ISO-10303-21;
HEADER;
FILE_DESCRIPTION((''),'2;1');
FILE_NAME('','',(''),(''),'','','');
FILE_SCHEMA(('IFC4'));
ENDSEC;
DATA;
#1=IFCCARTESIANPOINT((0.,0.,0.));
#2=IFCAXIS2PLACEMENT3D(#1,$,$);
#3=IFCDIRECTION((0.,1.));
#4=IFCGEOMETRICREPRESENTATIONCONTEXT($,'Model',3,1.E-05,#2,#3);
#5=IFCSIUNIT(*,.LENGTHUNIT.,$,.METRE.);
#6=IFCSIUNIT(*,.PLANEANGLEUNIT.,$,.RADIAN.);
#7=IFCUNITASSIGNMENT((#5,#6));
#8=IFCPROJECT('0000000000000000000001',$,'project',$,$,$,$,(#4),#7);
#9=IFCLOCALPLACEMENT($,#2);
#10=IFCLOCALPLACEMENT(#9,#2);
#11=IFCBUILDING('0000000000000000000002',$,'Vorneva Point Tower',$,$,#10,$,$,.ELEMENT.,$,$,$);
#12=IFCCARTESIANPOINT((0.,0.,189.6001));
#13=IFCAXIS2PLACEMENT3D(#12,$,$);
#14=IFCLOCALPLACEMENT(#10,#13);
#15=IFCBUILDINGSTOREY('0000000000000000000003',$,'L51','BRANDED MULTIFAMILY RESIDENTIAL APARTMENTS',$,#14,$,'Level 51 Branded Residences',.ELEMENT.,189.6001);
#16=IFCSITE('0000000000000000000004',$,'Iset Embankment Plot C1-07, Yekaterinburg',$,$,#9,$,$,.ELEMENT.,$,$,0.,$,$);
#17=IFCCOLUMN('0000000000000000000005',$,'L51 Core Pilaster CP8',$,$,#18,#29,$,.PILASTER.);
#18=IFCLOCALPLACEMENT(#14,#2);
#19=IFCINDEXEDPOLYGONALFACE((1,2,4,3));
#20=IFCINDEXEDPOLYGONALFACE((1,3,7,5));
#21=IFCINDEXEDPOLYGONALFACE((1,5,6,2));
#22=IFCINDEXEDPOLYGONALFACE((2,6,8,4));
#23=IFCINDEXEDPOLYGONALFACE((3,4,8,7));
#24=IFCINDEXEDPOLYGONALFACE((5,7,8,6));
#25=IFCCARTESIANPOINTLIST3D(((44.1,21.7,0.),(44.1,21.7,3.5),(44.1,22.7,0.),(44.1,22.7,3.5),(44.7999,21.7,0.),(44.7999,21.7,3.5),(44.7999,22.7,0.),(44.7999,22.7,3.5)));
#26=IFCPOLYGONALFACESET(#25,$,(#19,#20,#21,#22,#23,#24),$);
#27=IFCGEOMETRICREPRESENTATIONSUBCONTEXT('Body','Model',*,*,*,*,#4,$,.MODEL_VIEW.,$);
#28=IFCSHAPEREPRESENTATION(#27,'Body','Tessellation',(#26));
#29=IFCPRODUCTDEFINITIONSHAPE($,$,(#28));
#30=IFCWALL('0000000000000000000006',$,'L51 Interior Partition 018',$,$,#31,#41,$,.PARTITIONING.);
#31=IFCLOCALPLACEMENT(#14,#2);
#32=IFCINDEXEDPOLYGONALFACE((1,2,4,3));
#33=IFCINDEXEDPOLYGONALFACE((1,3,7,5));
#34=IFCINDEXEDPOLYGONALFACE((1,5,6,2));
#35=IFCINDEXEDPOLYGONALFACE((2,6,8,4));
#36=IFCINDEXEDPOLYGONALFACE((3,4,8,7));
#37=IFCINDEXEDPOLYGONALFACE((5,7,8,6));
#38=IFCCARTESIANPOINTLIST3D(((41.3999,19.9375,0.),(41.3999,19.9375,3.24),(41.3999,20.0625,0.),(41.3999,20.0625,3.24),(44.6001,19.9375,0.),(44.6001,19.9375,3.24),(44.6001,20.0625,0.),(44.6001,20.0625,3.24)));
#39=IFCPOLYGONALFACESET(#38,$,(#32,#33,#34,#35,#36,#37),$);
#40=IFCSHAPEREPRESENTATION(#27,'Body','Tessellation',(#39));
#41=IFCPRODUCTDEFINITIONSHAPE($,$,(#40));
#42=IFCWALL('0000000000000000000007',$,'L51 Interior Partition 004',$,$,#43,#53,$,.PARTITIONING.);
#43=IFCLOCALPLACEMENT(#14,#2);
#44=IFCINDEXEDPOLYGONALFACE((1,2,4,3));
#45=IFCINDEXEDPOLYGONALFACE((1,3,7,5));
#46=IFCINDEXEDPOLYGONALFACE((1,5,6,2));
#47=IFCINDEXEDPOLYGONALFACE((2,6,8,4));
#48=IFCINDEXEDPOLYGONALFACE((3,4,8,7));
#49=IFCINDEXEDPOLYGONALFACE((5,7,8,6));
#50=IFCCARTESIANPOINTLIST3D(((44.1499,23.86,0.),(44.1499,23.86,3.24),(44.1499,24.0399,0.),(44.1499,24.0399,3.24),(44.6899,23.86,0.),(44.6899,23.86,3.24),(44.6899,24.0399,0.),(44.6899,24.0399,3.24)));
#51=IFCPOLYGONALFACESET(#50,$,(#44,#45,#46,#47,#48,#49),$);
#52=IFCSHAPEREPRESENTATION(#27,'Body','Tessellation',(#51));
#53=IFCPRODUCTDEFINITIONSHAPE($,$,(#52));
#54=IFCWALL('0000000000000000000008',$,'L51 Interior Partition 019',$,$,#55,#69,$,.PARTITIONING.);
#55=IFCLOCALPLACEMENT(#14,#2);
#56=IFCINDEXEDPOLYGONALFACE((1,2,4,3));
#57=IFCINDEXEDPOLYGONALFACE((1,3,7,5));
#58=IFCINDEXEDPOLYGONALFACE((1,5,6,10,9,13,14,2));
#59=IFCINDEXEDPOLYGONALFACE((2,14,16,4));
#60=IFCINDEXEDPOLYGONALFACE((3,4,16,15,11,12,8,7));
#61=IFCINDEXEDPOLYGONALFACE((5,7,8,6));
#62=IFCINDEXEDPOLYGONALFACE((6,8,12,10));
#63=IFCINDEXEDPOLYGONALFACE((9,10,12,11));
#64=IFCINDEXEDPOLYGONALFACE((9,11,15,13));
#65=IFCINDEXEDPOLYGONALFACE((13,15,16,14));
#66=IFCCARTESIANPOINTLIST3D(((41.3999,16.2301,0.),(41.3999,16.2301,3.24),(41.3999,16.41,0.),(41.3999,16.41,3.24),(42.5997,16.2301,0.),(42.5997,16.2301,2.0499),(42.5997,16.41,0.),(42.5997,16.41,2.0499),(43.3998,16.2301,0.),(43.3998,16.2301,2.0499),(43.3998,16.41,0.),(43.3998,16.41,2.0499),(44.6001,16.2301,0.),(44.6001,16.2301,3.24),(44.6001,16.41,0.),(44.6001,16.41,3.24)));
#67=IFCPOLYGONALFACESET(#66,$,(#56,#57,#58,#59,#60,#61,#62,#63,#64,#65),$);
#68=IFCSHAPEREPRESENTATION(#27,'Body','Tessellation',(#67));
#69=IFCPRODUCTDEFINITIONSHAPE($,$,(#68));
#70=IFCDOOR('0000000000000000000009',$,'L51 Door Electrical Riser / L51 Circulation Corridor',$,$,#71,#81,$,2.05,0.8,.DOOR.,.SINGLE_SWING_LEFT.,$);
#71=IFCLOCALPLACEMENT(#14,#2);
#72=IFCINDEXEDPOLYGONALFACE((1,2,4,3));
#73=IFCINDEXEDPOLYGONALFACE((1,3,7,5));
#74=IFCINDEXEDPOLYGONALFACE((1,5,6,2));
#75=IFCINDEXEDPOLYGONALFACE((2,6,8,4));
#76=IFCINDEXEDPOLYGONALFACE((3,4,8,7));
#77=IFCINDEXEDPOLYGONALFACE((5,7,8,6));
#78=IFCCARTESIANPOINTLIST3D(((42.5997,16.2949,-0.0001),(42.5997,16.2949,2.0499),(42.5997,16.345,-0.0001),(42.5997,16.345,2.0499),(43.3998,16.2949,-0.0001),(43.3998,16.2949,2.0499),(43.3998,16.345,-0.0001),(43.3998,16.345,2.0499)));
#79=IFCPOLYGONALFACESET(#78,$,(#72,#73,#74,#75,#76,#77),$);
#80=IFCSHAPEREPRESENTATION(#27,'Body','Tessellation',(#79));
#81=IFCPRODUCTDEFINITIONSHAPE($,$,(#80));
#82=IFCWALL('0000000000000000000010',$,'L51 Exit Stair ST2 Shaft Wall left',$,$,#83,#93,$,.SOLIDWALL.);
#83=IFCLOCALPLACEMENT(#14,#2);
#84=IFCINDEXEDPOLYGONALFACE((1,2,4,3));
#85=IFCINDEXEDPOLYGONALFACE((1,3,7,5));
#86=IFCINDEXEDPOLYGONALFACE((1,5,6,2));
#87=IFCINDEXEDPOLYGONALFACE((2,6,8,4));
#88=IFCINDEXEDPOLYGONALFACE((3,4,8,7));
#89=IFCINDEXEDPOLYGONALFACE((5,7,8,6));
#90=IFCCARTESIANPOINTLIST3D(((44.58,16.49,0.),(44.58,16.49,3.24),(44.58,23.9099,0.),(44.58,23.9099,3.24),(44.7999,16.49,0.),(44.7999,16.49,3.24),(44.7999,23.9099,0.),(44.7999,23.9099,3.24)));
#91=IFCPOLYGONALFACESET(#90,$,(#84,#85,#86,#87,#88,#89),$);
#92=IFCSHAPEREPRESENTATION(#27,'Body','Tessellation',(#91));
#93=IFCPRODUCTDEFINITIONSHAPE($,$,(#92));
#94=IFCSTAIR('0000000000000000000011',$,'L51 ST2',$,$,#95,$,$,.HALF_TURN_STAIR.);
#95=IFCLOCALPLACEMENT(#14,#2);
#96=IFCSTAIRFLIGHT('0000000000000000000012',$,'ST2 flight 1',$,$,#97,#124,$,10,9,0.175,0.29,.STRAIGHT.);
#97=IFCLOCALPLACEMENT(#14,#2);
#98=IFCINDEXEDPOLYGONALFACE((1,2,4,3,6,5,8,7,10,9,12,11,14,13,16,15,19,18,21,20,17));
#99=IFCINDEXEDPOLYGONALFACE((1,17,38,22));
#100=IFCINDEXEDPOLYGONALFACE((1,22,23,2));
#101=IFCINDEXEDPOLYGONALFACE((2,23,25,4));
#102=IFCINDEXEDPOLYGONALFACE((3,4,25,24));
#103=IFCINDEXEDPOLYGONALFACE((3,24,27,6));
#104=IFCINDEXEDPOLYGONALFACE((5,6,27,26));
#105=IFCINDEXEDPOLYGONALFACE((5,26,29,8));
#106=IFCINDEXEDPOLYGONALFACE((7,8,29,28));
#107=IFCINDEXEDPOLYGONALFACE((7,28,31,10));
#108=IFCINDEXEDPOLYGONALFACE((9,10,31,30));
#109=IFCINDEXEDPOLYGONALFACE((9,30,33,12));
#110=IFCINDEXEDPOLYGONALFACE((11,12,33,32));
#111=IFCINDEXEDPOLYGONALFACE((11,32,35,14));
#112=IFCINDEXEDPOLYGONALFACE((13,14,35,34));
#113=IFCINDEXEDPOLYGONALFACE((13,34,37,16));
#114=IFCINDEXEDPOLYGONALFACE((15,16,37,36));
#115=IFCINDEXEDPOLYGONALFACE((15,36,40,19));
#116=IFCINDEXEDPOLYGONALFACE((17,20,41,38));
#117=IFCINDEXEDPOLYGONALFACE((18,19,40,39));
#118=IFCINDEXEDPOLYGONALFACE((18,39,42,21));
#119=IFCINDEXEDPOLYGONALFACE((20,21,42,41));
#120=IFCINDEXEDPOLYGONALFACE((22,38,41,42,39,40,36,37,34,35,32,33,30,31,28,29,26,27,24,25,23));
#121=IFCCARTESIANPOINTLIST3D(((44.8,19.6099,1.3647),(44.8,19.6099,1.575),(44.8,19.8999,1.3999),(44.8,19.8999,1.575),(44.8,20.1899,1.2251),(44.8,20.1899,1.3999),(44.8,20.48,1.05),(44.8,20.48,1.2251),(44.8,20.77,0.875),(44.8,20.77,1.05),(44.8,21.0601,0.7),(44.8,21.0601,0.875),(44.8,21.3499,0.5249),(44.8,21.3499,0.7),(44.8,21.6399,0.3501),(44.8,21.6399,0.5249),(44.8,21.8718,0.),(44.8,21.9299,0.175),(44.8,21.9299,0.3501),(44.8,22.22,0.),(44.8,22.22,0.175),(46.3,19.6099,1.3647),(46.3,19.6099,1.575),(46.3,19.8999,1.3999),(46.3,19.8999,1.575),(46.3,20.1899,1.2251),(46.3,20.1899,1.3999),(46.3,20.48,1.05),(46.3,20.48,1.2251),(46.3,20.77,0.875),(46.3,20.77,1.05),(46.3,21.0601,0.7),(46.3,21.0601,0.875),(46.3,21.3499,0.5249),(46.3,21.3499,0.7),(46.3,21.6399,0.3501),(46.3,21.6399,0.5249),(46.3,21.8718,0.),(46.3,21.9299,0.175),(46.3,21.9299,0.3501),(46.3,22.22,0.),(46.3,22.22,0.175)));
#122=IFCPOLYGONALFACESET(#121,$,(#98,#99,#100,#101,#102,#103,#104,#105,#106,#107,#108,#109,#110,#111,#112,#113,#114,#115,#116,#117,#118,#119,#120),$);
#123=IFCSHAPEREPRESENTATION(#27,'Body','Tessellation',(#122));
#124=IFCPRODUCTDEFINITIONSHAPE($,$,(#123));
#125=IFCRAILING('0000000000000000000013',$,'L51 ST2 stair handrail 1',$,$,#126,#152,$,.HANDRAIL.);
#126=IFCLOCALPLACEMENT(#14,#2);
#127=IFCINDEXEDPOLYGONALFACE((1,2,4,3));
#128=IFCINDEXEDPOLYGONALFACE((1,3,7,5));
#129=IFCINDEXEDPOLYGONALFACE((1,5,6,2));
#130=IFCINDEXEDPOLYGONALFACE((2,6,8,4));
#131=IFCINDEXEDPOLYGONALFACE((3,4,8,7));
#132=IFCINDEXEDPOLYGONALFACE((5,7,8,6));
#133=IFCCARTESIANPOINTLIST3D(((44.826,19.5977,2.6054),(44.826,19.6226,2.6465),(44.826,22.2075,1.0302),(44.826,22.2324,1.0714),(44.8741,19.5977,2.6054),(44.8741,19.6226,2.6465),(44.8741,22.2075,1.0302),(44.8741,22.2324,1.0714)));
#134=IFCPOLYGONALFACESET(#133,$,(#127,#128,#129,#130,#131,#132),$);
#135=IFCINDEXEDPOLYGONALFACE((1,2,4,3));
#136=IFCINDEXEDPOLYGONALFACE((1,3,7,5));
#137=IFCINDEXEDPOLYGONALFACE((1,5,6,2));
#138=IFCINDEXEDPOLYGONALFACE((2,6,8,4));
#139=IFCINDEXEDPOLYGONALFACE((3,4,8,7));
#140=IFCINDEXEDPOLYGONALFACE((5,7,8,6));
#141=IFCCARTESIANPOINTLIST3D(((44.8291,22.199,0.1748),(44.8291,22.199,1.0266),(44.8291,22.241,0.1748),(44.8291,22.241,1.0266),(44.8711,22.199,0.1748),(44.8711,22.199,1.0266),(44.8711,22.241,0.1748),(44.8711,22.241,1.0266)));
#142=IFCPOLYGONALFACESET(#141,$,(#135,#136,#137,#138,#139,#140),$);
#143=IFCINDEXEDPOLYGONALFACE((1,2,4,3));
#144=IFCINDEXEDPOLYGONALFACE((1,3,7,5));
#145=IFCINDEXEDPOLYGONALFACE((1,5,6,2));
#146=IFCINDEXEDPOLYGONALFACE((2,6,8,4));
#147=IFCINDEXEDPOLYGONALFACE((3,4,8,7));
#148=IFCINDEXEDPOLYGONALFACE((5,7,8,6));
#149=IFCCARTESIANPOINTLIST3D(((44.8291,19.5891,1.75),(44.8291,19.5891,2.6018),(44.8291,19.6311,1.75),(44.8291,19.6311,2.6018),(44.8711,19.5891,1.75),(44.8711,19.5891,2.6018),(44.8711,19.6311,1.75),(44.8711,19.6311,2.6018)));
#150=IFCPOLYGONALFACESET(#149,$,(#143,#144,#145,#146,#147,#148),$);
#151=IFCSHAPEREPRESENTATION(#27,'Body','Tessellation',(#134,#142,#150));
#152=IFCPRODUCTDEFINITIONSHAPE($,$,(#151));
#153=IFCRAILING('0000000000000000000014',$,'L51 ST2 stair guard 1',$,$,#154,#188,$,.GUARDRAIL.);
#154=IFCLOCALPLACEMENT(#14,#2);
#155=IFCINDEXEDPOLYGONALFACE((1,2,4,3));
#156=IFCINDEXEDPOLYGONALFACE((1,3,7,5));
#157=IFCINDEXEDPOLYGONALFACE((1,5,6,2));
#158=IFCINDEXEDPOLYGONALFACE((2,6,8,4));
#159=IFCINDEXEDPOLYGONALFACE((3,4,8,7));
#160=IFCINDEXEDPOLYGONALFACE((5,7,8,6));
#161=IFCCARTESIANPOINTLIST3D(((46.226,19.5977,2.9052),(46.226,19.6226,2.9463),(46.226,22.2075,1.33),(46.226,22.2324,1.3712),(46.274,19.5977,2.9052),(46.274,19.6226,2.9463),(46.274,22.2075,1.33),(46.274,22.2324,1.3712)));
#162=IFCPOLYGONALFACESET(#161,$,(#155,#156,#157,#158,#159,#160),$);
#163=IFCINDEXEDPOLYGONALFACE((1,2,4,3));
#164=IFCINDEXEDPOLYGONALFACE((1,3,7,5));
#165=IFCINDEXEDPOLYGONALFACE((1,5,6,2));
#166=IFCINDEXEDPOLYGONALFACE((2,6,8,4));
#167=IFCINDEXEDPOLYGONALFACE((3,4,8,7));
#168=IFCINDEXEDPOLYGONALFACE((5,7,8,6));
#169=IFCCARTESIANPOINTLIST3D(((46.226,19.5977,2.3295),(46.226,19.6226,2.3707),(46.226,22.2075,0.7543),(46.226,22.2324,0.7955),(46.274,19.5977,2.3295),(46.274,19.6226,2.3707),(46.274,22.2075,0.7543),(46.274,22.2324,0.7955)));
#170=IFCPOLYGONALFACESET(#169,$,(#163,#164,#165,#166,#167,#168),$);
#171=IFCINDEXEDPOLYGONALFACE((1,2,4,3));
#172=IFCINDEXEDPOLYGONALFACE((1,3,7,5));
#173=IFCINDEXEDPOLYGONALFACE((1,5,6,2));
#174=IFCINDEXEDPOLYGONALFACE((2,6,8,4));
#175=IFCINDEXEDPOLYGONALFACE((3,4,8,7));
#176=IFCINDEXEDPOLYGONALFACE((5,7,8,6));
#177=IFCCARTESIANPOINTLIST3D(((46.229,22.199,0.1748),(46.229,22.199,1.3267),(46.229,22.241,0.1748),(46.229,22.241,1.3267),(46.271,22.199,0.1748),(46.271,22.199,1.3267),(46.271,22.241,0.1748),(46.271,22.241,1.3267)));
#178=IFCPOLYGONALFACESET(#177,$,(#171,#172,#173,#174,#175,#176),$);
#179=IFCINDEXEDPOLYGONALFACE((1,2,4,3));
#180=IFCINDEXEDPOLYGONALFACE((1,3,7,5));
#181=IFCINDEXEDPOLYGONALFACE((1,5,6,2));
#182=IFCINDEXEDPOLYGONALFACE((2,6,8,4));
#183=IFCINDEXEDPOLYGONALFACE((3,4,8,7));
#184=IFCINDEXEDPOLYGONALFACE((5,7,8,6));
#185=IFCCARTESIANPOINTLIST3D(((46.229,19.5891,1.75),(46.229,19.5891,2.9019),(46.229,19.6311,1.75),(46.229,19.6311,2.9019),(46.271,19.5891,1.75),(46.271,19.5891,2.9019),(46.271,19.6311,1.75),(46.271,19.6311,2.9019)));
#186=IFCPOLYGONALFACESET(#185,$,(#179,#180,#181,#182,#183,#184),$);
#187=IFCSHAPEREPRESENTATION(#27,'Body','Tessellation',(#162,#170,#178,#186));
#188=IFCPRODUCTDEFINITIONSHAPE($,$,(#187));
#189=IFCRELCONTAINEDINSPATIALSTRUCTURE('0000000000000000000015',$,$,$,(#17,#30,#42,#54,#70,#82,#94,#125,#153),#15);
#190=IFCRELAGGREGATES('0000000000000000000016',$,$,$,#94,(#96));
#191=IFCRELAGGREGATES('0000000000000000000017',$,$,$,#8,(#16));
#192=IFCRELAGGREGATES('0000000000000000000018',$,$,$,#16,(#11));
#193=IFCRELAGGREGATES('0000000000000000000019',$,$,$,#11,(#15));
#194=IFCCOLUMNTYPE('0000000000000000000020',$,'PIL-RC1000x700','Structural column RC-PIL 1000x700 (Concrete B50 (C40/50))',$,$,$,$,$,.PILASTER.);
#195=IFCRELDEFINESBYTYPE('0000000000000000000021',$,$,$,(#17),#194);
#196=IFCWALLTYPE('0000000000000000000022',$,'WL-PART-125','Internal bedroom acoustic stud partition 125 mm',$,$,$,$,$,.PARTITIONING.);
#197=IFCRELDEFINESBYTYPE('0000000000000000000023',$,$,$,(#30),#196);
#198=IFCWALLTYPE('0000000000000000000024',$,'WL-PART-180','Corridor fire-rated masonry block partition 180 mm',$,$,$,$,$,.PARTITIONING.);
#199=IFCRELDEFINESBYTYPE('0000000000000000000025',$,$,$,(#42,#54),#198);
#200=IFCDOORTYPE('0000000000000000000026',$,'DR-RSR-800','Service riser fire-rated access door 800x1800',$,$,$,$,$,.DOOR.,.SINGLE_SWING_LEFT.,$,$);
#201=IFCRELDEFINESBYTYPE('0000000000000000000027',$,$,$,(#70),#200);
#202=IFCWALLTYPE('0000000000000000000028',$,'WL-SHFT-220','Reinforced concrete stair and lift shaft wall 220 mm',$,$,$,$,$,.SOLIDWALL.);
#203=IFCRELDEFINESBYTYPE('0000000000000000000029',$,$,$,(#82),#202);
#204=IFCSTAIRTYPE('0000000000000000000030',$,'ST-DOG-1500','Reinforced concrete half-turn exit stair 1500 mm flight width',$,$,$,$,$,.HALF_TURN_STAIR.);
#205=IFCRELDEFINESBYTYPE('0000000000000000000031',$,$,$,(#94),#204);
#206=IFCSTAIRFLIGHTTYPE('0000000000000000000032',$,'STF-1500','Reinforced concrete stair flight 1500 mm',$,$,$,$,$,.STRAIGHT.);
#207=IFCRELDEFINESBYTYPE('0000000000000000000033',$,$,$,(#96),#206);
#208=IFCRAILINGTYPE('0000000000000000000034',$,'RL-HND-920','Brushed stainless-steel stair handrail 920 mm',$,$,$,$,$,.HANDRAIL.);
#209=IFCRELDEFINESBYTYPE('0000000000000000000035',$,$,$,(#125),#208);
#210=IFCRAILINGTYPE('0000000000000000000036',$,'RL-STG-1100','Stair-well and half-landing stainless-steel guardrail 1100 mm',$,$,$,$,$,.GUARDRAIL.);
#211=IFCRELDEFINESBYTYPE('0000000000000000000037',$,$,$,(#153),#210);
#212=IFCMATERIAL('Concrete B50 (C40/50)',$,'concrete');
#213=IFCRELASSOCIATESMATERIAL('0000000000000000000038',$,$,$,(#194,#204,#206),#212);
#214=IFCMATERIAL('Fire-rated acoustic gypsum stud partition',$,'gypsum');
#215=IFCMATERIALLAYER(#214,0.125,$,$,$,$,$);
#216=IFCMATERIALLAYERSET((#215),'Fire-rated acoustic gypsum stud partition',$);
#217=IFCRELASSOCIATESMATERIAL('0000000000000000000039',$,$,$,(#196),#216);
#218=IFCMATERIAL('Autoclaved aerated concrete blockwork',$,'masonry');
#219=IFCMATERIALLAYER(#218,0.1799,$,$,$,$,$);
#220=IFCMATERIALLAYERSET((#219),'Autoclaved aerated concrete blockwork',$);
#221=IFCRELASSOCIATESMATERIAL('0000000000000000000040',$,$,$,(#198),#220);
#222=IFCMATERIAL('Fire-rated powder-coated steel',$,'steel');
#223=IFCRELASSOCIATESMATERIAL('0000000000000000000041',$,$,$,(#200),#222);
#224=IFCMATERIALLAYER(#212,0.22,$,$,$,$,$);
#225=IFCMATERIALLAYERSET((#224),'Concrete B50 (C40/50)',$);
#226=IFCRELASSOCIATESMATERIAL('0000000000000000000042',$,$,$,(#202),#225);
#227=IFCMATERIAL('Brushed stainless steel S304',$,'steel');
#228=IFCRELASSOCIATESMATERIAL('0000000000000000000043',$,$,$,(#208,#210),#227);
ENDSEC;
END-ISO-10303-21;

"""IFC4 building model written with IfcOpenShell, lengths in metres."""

from ifc_helpers import new_model, si_unit, direction, frame, frame_2d, origin, origin_2d, place, context, subcontext, project, spatial, polyline, rectangle, outline, extrude, material, layer, layer_set, material_profile, profile_set, type_object, element, fill, aggregate, save


model = new_model("IFC4")

# Units and contexts
model_context = context("Model", 3, precision=1e-05, world=origin(), true_north=direction((0.0, 1.0)))
body_context = subcontext(model_context, "Body", "Model", "MODEL_VIEW")
ifc_project = project(units=[si_unit("LENGTHUNIT", "METRE"), si_unit("PLANEANGLEUNIT", "RADIAN")], contexts=[model_context])

# Site, building, storey
site_placement = place(None, origin())
site = spatial("IfcSite", under=ifc_project, at=site_placement, Name="Iset Embankment Plot C1-07, Yekaterinburg", CompositionType="ELEMENT", RefElevation=0.0)
building_placement = place(site_placement, origin())
building = spatial("IfcBuilding", under=site, at=building_placement, Name="Vorneva Point Tower", CompositionType="ELEMENT")
storey_placement = place(building_placement, frame((0.0, 0.0, 189.6001)))
storey = spatial("IfcBuildingStorey", under=building, at=storey_placement, Name="L51", Description="BRANDED MULTIFAMILY RESIDENTIAL APARTMENTS", LongName="Level 51 Branded Residences", CompositionType="ELEMENT", Elevation=189.6001)

# Column
ifc_material_1 = material(Name="Concrete B50 (C40/50)", Category="concrete")
ifc_material_profile = material_profile(ifc_material_1, rectangle(XDim=0.7, YDim=1.0, at=origin_2d()), Name="RC-PIL 1000x700")
ifc_profile_set = profile_set([ifc_material_profile], Name="Concrete B50 (C40/50)")
column_type = type_object("IfcColumnType", Name="PIL-RC1000x700", Description="Structural column RC-PIL 1000x700 (Concrete B50 (C40/50))", PredefinedType="PILASTER", material=ifc_profile_set)
column_placement = place(storey_placement, frame((44.45, 22.2, 0.0), z_axis=(0.0, 0.0, 1.0), x_axis=(1.0, 0.0, 0.0)))
element("IfcColumn", 1, at=column_placement, inside=storey, type_object=column_type, Name="L51 Core Pilaster CP8", PredefinedType="PILASTER", context=body_context, shape_type="SweptSolid", body=[
    extrude(rectangle(XDim=0.7, YDim=1.0, at=origin_2d()), origin(), (0.0, 0.0, 1.0), 3.5),
])

# Walls
ifc_material_2 = material(Name="Fire-rated acoustic gypsum stud partition", Category="gypsum")
ifc_layer_1 = layer(ifc_material_2, 0.125)
ifc_layer_set_1 = layer_set([ifc_layer_1], Name="Fire-rated acoustic gypsum stud partition")
wall_type_1 = type_object("IfcWallType", Name="WL-PART-125", Description="Internal bedroom acoustic stud partition 125 mm", PredefinedType="PARTITIONING", material=ifc_layer_set_1)
wall_1_placement = place(storey_placement, frame((44.6001, 20.0, 0.0), z_axis=(0.0, 0.0, 1.0), x_axis=(-1.0, 0.0, 0.0)))
element("IfcWall", 2, at=wall_1_placement, inside=storey, type_object=wall_type_1, Name="L51 Interior Partition 018", PredefinedType="PARTITIONING", context=body_context, shape_type="SweptSolid", body=[
    extrude(rectangle(XDim=3.2002, YDim=0.125, at=frame_2d((1.6001, 0.0))), origin(), (0.0, 0.0, 1.0), 3.24),
])
ifc_material_3 = material(Name="Autoclaved aerated concrete blockwork", Category="masonry")
ifc_layer_2 = layer(ifc_material_3, 0.1799)
ifc_layer_set_2 = layer_set([ifc_layer_2], Name="Autoclaved aerated concrete blockwork")
wall_type_2 = type_object("IfcWallType", Name="WL-PART-180", Description="Corridor fire-rated masonry block partition 180 mm", PredefinedType="PARTITIONING", material=ifc_layer_set_2)
wall_2_placement = place(storey_placement, frame((44.1499, 23.95, 0.0), z_axis=(0.0, 0.0, 1.0), x_axis=(1.0, 0.0, 0.0)))
element("IfcWall", 3, at=wall_2_placement, inside=storey, type_object=wall_type_2, Name="L51 Interior Partition 004", PredefinedType="PARTITIONING", context=body_context, shape_type="SweptSolid", body=[
    extrude(rectangle(XDim=0.54, YDim=0.1799, at=frame_2d((0.27, 0.0))), origin(), (0.0, 0.0, 1.0), 3.24),
])

# Wall, opening, door
wall_3_placement = place(storey_placement, frame((41.3999, 16.3201, 0.0), z_axis=(0.0, 0.0, 1.0), x_axis=(1.0, 0.0, 0.0)))
wall_3 = element("IfcWall", 4, at=wall_3_placement, inside=storey, type_object=wall_type_2, Name="L51 Interior Partition 019", PredefinedType="PARTITIONING", context=body_context, shape_type="SweptSolid", body=[
    extrude(rectangle(XDim=3.2002, YDim=0.1799, at=frame_2d((1.6001, 0.0))), origin(), (0.0, 0.0, 1.0), 3.24),
])
opening_1_placement = place(wall_3_placement, frame((1.2, 0.0, 0.0)))
opening_1 = element("IfcOpeningElement", 5, at=opening_1_placement, cuts=wall_3, PredefinedType="OPENING", context=body_context, shape_type="SweptSolid", body=[
    extrude(rectangle(XDim=0.8, YDim=2.05, at=frame_2d((0.3999, 1.0249))), frame((0.0, 0.105, 0.0), z_axis=(0.0, -1.0, 0.0), x_axis=(1.0, 0.0, 0.0)), (0.0, 0.0, 1.0), 0.2097),
])
ifc_material_4 = material(Name="Fire-rated powder-coated steel", Category="steel")
door_type_1 = type_object("IfcDoorType", Name="DR-RSR-800", Description="Service riser fire-rated access door 800x1800", OperationType="SINGLE_SWING_LEFT", PredefinedType="DOOR", material=ifc_material_4)
door_1_placement = place(opening_1_placement, origin())
door_1 = element("IfcDoor", 6, at=door_1_placement, inside=storey, type_object=door_type_1, Name="L51 Door Electrical Riser / L51 Circulation Corridor", OperationType="SINGLE_SWING_LEFT", OverallHeight=2.05, OverallWidth=0.8, PredefinedType="DOOR", context=body_context, shape_type="SweptSolid", body=[
    extrude(rectangle(XDim=0.8, YDim=2.05, at=frame_2d((0.3999, 1.0249))), frame((0.0, 0.0249, 0.0), z_axis=(0.0, -1.0, 0.0), x_axis=(1.0, 0.0, 0.0)), (0.0, 0.0, 1.0), 0.05),
])
fill(opening_1, door_1)
ifc_layer_3 = layer(ifc_material_1, 0.22)
ifc_layer_set_3 = layer_set([ifc_layer_3], Name="Concrete B50 (C40/50)")
wall_type_3 = type_object("IfcWallType", Name="WL-SHFT-220", Description="Reinforced concrete stair and lift shaft wall 220 mm", PredefinedType="SOLIDWALL", material=ifc_layer_set_3)

# Wall
wall_4_placement = place(storey_placement, frame((44.6899, 16.49, 0.0), z_axis=(0.0, 0.0, 1.0), x_axis=(0.0, 1.0, 0.0)))
element("IfcWall", 7, at=wall_4_placement, inside=storey, type_object=wall_type_3, Name="L51 Exit Stair ST2 Shaft Wall left", PredefinedType="SOLIDWALL", context=body_context, shape_type="SweptSolid", body=[
    extrude(rectangle(XDim=7.4199, YDim=0.22, at=frame_2d((3.71, 0.0))), origin(), (0.0, 0.0, 1.0), 3.24),
])

# Stair, stair flight
stair_type = type_object("IfcStairType", Name="ST-DOG-1500", Description="Reinforced concrete half-turn exit stair 1500 mm flight width", PredefinedType="HALF_TURN_STAIR", material=ifc_material_1)
stair_placement = place(storey_placement, origin())
stair = element("IfcStair", 8, at=stair_placement, inside=storey, type_object=stair_type, Name="L51 ST2", PredefinedType="HALF_TURN_STAIR")
stair_flight_type = type_object("IfcStairFlightType", Name="STF-1500", Description="Reinforced concrete stair flight 1500 mm", PredefinedType="STRAIGHT", material=ifc_material_1)
stair_flight_placement = place(storey_placement, frame((45.55, 22.22, 0.0), z_axis=(0.0, 0.0, 1.0), x_axis=(0.0, -1.0, 0.0)))
stair_flight = element("IfcStairFlight", 9, at=stair_flight_placement, type_object=stair_flight_type, Name="ST2 flight 1", NumberOfRisers=10, NumberOfTreads=9, PredefinedType="STRAIGHT", RiserHeight=0.175, TreadLength=0.29, context=body_context, shape_type="SweptSolid", body=[
    extrude(outline(polyline([(0.0, 0.0), (0.0, 0.175), (0.29, 0.175), (0.29, 0.3501), (0.5801, 0.3501), (0.5801, 0.5249), (0.8701, 0.5249), (0.8701, 0.7), (1.1599, 0.7), (1.1599, 0.875), (1.45, 0.875), (1.45, 1.05), (1.74, 1.05), (1.74, 1.2251), (2.03, 1.2251), (2.03, 1.3999), (2.3201, 1.3999), (2.3201, 1.575), (2.6101, 1.575), (2.6101, 1.75), (2.6101, 1.3647), (0.3481, 0.0), (0.0, 0.0)])), frame((0.0, 0.75, 0.0), z_axis=(0.0, -1.0, 0.0), x_axis=(1.0, 0.0, 0.0)), (0.0, 0.0, 1.0), 1.5),
])
aggregate(stair, [stair_flight])

# Railings
ifc_material_5 = material(Name="Brushed stainless steel S304", Category="steel")
railing_type_1 = type_object("IfcRailingType", Name="RL-HND-920", Description="Brushed stainless-steel stair handrail 920 mm", PredefinedType="HANDRAIL", material=ifc_material_5)
railing_1_placement = place(storey_placement, frame((44.8501, 22.22, 0.1748)))
element("IfcRailing", 10, at=railing_1_placement, inside=storey, type_object=railing_type_1, Name="L51 ST2 stair handrail 1", PredefinedType="HANDRAIL", context=body_context, shape_type="SweptSolid", body=[
    extrude(rectangle(XDim=0.0481, YDim=0.0481, at=origin_2d()), frame((0.0, 0.0, 0.876), z_axis=(0.0, -0.856147, 0.516732), x_axis=(1.0, 0.0, 0.0)), (0.0, 0.0, 1.0), 3.0483),
    extrude(rectangle(XDim=0.042, YDim=0.042, at=origin_2d()), origin(), (0.0, 0.0, 1.0), 0.8518),
    extrude(rectangle(XDim=0.042, YDim=0.042, at=origin_2d()), frame((0.0, -2.6099, 1.5752)), (0.0, 0.0, 1.0), 0.8518),
])
railing_type_2 = type_object("IfcRailingType", Name="RL-STG-1100", Description="Stair-well and half-landing stainless-steel guardrail 1100 mm", PredefinedType="GUARDRAIL", material=ifc_material_5)
railing_2_placement = place(storey_placement, frame((46.25, 22.22, 0.1748)))
element("IfcRailing", 11, at=railing_2_placement, inside=storey, type_object=railing_type_2, Name="L51 ST2 stair guard 1", PredefinedType="GUARDRAIL", context=body_context, shape_type="SweptSolid", body=[
    extrude(rectangle(XDim=0.0481, YDim=0.0481, at=origin_2d()), frame((0.0, 0.0, 1.1758), z_axis=(0.0, -0.856147, 0.516732), x_axis=(1.0, 0.0, 0.0)), (0.0, 0.0, 1.0), 3.0483),
    extrude(rectangle(XDim=0.0481, YDim=0.0481, at=origin_2d()), frame((0.0, 0.0, 0.6001), z_axis=(0.0, -0.856147, 0.516732), x_axis=(1.0, 0.0, 0.0)), (0.0, 0.0, 1.0), 3.0483),
    extrude(rectangle(XDim=0.042, YDim=0.042, at=origin_2d()), origin(), (0.0, 0.0, 1.0), 1.1519),
    extrude(rectangle(XDim=0.042, YDim=0.042, at=origin_2d()), frame((0.0, -2.6099, 1.5752)), (0.0, 0.0, 1.0), 1.1519),
])

save(model, "model.ifc")
